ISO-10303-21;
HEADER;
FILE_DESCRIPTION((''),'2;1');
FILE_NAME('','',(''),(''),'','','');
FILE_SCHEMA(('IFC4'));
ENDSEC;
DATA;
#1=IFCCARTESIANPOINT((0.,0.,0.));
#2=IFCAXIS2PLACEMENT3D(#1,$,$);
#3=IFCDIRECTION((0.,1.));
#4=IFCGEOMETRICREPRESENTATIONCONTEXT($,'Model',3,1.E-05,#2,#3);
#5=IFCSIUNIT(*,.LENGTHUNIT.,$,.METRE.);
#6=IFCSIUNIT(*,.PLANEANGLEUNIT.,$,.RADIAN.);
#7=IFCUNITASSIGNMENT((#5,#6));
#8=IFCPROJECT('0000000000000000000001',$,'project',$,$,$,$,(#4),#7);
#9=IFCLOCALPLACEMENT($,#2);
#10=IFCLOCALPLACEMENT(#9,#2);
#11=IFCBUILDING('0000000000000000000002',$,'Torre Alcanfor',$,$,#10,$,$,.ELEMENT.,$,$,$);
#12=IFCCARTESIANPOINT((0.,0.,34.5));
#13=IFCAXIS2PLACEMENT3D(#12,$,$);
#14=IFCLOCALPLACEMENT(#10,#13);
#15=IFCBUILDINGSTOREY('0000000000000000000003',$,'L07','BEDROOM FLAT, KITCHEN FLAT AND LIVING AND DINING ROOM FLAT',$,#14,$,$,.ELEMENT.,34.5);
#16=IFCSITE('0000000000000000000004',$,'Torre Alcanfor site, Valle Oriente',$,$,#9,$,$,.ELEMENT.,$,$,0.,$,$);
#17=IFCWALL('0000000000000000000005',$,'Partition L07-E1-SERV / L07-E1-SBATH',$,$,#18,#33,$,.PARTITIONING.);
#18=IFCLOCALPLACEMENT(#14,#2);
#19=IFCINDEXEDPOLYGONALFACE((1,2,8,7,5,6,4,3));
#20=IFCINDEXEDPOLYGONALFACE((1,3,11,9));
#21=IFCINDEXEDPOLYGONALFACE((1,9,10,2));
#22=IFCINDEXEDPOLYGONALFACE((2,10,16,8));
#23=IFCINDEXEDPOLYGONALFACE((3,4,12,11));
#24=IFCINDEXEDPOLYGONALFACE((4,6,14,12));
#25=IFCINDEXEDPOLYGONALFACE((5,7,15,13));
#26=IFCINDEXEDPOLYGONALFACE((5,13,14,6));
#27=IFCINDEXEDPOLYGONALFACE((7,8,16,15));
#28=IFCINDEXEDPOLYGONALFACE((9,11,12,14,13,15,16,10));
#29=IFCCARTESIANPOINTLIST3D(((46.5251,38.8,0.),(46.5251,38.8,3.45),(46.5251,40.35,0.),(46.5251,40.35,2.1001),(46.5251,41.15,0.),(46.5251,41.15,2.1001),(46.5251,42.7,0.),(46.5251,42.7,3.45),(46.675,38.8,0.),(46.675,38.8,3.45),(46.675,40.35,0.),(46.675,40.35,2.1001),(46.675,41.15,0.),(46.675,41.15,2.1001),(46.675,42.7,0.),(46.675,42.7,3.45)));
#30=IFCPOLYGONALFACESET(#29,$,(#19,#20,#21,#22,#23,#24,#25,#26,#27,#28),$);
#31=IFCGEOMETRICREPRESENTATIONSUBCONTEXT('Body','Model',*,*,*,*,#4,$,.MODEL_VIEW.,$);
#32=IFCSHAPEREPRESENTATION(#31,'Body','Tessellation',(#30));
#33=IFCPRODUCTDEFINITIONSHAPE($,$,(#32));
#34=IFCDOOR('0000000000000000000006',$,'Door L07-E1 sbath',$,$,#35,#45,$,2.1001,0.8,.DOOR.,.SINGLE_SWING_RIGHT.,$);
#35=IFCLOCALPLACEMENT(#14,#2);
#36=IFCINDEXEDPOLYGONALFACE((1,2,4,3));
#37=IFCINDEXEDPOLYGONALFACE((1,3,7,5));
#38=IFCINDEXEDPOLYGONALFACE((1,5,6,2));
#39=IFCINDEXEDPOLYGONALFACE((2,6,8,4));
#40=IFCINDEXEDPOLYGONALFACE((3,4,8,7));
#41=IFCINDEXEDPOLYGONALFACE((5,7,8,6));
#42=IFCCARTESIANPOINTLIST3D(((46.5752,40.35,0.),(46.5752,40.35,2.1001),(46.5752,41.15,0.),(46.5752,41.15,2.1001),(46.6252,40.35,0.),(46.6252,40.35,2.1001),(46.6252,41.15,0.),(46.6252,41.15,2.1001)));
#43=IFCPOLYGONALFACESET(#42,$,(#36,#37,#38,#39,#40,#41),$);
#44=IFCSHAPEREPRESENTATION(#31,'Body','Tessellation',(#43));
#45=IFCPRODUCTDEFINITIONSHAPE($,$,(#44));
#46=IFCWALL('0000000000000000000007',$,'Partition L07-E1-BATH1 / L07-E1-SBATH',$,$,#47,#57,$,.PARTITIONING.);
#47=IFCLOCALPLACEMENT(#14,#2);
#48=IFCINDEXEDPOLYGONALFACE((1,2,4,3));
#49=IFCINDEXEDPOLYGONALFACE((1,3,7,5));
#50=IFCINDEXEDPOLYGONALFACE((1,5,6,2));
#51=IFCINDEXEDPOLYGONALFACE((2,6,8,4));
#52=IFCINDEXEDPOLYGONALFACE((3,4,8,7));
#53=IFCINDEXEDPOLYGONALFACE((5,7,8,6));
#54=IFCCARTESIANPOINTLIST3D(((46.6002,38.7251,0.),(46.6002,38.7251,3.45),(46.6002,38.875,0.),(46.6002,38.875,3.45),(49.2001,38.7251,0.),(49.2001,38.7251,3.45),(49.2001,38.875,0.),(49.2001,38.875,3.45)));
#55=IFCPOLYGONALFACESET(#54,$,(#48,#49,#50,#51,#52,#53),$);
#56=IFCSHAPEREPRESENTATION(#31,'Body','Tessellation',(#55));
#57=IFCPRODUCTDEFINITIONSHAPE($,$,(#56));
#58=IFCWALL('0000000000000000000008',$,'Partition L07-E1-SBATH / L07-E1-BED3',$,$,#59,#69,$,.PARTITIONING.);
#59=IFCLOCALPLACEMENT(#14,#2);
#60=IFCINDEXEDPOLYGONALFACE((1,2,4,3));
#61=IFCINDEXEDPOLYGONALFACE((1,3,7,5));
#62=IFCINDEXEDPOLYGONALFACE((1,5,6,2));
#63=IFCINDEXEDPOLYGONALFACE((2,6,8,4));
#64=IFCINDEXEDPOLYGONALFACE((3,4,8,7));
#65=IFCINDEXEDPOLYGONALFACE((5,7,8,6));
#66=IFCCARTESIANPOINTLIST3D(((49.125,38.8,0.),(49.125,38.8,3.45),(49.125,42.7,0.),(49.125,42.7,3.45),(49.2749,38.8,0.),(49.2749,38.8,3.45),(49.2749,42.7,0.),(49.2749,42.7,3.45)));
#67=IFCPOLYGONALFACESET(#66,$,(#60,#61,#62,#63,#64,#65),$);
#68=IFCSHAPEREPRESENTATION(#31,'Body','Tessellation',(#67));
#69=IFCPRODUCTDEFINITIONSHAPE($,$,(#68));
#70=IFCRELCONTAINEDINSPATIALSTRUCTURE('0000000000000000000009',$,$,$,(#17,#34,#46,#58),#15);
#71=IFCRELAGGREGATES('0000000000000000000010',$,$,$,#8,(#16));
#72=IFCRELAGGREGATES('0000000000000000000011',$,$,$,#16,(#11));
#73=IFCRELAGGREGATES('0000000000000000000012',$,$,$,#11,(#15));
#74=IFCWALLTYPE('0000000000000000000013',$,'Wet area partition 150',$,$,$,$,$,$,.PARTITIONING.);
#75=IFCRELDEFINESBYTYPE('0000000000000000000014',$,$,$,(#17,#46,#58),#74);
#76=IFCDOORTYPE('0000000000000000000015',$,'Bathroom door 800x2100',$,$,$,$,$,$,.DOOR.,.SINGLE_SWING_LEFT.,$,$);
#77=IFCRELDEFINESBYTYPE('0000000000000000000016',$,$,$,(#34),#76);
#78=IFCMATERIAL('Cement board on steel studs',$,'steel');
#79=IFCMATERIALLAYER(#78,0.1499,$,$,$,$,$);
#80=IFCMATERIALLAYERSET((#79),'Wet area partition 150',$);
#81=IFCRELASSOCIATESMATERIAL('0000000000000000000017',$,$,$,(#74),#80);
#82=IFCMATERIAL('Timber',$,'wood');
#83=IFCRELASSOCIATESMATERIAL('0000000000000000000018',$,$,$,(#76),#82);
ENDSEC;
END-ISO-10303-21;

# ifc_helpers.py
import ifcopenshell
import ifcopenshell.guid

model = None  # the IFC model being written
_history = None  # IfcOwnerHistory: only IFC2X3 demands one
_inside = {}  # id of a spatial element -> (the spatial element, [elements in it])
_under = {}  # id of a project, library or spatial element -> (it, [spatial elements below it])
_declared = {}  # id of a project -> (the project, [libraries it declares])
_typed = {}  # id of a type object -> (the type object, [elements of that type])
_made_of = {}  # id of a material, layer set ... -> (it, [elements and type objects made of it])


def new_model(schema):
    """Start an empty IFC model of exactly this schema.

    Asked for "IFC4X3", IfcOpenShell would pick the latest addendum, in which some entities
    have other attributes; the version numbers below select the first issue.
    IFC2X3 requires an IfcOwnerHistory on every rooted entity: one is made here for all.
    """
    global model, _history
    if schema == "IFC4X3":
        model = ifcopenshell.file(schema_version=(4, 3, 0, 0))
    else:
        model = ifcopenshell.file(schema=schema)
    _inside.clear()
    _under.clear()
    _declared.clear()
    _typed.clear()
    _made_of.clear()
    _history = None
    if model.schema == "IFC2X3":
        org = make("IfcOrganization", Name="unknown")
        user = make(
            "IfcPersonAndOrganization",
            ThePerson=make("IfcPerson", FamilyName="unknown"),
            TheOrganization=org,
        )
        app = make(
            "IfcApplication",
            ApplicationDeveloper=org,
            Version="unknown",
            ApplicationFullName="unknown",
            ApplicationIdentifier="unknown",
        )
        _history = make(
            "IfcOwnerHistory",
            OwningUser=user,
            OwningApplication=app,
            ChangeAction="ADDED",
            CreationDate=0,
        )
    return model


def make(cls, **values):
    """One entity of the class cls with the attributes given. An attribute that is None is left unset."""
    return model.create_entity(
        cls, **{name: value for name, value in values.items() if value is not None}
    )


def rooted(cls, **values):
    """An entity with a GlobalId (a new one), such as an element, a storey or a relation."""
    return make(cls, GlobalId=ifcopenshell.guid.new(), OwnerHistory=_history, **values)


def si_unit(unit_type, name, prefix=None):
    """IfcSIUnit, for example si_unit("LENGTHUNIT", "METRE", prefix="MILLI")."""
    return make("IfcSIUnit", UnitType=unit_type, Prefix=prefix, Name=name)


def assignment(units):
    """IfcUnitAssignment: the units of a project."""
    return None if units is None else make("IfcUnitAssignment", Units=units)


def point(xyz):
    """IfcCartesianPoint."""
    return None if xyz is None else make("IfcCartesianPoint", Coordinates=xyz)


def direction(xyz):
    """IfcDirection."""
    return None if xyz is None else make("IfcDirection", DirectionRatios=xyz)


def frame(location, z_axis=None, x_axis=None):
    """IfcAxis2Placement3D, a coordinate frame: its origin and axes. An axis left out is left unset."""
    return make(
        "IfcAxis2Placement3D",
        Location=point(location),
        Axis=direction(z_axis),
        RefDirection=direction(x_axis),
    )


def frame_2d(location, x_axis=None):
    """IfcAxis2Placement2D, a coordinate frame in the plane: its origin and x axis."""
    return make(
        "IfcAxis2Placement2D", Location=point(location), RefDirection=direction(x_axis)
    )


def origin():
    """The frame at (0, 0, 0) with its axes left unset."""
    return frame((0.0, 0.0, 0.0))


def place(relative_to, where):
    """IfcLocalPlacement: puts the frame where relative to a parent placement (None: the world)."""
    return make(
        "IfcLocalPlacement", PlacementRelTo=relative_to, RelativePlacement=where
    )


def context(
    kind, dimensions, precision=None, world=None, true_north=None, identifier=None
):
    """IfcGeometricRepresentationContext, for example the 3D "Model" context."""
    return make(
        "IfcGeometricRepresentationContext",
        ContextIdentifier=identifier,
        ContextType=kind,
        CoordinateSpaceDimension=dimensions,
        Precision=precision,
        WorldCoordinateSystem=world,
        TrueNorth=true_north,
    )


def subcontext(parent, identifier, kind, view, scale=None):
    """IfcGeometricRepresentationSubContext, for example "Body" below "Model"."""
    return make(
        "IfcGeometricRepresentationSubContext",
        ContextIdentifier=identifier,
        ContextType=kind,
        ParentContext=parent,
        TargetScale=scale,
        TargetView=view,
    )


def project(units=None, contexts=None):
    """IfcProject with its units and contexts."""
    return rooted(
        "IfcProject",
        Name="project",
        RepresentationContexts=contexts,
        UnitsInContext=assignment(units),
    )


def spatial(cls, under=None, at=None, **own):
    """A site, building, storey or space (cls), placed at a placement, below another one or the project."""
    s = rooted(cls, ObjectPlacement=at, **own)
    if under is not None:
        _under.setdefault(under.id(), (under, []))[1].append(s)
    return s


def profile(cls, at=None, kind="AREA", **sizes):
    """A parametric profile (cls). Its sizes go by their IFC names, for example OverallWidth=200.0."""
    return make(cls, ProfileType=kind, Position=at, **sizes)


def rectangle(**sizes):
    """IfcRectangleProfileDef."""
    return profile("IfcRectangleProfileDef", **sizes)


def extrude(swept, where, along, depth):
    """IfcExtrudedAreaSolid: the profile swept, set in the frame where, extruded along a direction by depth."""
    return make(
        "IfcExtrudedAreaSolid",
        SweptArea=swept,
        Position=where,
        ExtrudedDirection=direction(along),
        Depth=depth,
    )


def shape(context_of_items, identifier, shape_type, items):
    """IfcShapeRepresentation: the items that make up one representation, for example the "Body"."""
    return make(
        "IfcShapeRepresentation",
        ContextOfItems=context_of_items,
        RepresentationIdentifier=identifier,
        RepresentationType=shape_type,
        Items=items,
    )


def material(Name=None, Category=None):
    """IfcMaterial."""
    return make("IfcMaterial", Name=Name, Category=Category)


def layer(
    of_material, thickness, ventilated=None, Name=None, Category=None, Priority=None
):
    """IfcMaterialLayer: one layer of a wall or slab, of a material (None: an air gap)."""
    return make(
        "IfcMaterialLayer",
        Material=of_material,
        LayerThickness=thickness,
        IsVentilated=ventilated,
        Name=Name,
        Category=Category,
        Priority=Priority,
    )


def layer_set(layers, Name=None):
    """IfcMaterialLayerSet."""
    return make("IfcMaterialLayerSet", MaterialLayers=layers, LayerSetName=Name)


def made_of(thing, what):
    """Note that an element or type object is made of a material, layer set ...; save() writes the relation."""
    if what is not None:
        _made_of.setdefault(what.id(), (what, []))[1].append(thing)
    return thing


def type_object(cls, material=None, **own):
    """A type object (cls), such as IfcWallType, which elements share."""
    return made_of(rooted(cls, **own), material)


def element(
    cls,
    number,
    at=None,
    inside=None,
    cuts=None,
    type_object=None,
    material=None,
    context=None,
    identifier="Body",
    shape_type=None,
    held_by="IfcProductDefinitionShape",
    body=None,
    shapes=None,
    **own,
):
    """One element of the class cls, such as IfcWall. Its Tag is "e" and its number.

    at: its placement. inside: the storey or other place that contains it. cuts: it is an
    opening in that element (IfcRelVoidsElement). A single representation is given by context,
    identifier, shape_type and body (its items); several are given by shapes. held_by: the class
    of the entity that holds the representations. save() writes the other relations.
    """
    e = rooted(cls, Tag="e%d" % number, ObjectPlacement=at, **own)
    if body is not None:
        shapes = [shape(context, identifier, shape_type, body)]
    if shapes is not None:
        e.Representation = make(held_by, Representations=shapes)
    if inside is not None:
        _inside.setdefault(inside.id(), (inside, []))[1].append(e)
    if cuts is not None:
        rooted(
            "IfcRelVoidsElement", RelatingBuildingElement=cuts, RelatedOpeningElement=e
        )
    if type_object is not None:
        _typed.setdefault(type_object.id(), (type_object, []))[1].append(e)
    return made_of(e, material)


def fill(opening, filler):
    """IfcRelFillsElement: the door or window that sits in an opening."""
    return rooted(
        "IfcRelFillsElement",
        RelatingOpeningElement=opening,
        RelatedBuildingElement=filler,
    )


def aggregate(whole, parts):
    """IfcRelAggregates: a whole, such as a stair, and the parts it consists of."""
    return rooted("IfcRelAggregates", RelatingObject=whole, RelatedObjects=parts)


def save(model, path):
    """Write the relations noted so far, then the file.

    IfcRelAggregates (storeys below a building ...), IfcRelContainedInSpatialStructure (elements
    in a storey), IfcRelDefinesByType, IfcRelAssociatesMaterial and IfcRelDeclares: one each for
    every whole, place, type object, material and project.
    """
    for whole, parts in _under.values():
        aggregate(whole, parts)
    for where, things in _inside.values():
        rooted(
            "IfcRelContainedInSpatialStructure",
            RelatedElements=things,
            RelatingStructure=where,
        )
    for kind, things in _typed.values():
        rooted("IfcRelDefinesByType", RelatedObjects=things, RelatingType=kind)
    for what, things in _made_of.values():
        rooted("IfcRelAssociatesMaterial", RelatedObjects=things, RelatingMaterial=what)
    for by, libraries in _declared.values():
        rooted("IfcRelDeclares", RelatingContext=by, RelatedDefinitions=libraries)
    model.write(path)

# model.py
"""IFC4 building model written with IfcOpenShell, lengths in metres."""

from ifc_helpers import new_model, si_unit, direction, frame, frame_2d, origin, place, context, subcontext, project, spatial, rectangle, extrude, material, layer, layer_set, type_object, element, fill, save


model = new_model("IFC4")

# Units and contexts
model_context = context("Model", 3, precision=1e-05, world=origin(), true_north=direction((0.0, 1.0)))
body_context = subcontext(model_context, "Body", "Model", "MODEL_VIEW")
ifc_project = project(units=[si_unit("LENGTHUNIT", "METRE"), si_unit("PLANEANGLEUNIT", "RADIAN")], contexts=[model_context])

# Site, building, storey
site_placement = place(None, origin())
site = spatial("IfcSite", under=ifc_project, at=site_placement, Name="Torre Alcanfor site, Valle Oriente", CompositionType="ELEMENT", RefElevation=0.0)
building_placement = place(site_placement, origin())
building = spatial("IfcBuilding", under=site, at=building_placement, Name="Torre Alcanfor", CompositionType="ELEMENT")
storey_placement = place(building_placement, frame((0.0, 0.0, 34.5)))
storey = spatial("IfcBuildingStorey", under=building, at=storey_placement, Name="L07", Description="BEDROOM FLAT, KITCHEN FLAT AND LIVING AND DINING ROOM FLAT", CompositionType="ELEMENT", Elevation=34.5)

# Wall, opening, door
ifc_material_1 = material(Name="Cement board on steel studs", Category="steel")
ifc_layer_1 = layer(ifc_material_1, 0.1499)
ifc_layer_set_1 = layer_set([ifc_layer_1], Name="Wet area partition 150")
wall_type_1 = type_object("IfcWallType", Name="Wet area partition 150", PredefinedType="PARTITIONING", material=ifc_layer_set_1)
wall_1_placement = place(storey_placement, frame((46.6001, 38.8, 0.0), z_axis=(0.0, 0.0, 1.0), x_axis=(0.0, 1.0, 0.0)))
wall_1 = element("IfcWall", 1, at=wall_1_placement, inside=storey, type_object=wall_type_1, Name="Partition L07-E1-SERV / L07-E1-SBATH", PredefinedType="PARTITIONING", context=body_context, shape_type="SweptSolid", body=[
    extrude(rectangle(XDim=3.8999, YDim=0.1499, at=frame_2d((1.95, 0.0))), origin(), (0.0, 0.0, 1.0), 3.45),
])
opening_1_placement = place(wall_1_placement, frame((1.55, 0.0, 0.0)))
opening_1 = element("IfcOpeningElement", 2, at=opening_1_placement, cuts=wall_1, PredefinedType="OPENING", context=body_context, shape_type="SweptSolid", body=[
    extrude(rectangle(XDim=0.8, YDim=2.1001, at=frame_2d((0.3999, 1.05))), frame((0.0, 0.085, 0.0), z_axis=(0.0, -1.0, 0.0), x_axis=(1.0, 0.0, 0.0)), (0.0, 0.0, 1.0), 0.1699),
])
ifc_material_2 = material(Name="Timber", Category="wood")
door_type_1 = type_object("IfcDoorType", Name="Bathroom door 800x2100", OperationType="SINGLE_SWING_LEFT", PredefinedType="DOOR", material=ifc_material_2)
door_1_placement = place(opening_1_placement, frame((0.8, 0.0, 0.0), z_axis=(0.0, 0.0, 1.0), x_axis=(-1.0, 0.0, 0.0)))
door_1 = element("IfcDoor", 3, at=door_1_placement, inside=storey, type_object=door_type_1, Name="Door L07-E1 sbath", OperationType="SINGLE_SWING_RIGHT", OverallHeight=2.1001, OverallWidth=0.8, PredefinedType="DOOR", context=body_context, shape_type="SweptSolid", body=[
    extrude(rectangle(XDim=0.8, YDim=2.1001, at=frame_2d((0.4001, 1.05))), frame((0.0, 0.0251, 0.0), z_axis=(0.0, -1.0, 0.0), x_axis=(1.0, 0.0, 0.0)), (0.0, 0.0, 1.0), 0.05),
])
fill(opening_1, door_1)

# Walls
wall_2_placement = place(storey_placement, frame((49.2, 38.8, 0.0), z_axis=(0.0, 0.0, 1.0), x_axis=(-1.0, 0.0, 0.0)))
element("IfcWall", 4, at=wall_2_placement, inside=storey, type_object=wall_type_1, Name="Partition L07-E1-BATH1 / L07-E1-SBATH", PredefinedType="PARTITIONING", context=body_context, shape_type="SweptSolid", body=[
    extrude(rectangle(XDim=2.5999, YDim=0.1499, at=frame_2d((1.2998, 0.0))), origin(), (0.0, 0.0, 1.0), 3.45),
])
wall_3_placement = place(storey_placement, frame((49.2, 38.8, 0.0), z_axis=(0.0, 0.0, 1.0), x_axis=(0.0, 1.0, 0.0)))
element("IfcWall", 5, at=wall_3_placement, inside=storey, type_object=wall_type_1, Name="Partition L07-E1-SBATH / L07-E1-BED3", PredefinedType="PARTITIONING", context=body_context, shape_type="SweptSolid", body=[
    extrude(rectangle(XDim=3.8999, YDim=0.1499, at=frame_2d((1.95, 0.0))), origin(), (0.0, 0.0, 1.0), 3.45),
])

save(model, "model.ifc")
